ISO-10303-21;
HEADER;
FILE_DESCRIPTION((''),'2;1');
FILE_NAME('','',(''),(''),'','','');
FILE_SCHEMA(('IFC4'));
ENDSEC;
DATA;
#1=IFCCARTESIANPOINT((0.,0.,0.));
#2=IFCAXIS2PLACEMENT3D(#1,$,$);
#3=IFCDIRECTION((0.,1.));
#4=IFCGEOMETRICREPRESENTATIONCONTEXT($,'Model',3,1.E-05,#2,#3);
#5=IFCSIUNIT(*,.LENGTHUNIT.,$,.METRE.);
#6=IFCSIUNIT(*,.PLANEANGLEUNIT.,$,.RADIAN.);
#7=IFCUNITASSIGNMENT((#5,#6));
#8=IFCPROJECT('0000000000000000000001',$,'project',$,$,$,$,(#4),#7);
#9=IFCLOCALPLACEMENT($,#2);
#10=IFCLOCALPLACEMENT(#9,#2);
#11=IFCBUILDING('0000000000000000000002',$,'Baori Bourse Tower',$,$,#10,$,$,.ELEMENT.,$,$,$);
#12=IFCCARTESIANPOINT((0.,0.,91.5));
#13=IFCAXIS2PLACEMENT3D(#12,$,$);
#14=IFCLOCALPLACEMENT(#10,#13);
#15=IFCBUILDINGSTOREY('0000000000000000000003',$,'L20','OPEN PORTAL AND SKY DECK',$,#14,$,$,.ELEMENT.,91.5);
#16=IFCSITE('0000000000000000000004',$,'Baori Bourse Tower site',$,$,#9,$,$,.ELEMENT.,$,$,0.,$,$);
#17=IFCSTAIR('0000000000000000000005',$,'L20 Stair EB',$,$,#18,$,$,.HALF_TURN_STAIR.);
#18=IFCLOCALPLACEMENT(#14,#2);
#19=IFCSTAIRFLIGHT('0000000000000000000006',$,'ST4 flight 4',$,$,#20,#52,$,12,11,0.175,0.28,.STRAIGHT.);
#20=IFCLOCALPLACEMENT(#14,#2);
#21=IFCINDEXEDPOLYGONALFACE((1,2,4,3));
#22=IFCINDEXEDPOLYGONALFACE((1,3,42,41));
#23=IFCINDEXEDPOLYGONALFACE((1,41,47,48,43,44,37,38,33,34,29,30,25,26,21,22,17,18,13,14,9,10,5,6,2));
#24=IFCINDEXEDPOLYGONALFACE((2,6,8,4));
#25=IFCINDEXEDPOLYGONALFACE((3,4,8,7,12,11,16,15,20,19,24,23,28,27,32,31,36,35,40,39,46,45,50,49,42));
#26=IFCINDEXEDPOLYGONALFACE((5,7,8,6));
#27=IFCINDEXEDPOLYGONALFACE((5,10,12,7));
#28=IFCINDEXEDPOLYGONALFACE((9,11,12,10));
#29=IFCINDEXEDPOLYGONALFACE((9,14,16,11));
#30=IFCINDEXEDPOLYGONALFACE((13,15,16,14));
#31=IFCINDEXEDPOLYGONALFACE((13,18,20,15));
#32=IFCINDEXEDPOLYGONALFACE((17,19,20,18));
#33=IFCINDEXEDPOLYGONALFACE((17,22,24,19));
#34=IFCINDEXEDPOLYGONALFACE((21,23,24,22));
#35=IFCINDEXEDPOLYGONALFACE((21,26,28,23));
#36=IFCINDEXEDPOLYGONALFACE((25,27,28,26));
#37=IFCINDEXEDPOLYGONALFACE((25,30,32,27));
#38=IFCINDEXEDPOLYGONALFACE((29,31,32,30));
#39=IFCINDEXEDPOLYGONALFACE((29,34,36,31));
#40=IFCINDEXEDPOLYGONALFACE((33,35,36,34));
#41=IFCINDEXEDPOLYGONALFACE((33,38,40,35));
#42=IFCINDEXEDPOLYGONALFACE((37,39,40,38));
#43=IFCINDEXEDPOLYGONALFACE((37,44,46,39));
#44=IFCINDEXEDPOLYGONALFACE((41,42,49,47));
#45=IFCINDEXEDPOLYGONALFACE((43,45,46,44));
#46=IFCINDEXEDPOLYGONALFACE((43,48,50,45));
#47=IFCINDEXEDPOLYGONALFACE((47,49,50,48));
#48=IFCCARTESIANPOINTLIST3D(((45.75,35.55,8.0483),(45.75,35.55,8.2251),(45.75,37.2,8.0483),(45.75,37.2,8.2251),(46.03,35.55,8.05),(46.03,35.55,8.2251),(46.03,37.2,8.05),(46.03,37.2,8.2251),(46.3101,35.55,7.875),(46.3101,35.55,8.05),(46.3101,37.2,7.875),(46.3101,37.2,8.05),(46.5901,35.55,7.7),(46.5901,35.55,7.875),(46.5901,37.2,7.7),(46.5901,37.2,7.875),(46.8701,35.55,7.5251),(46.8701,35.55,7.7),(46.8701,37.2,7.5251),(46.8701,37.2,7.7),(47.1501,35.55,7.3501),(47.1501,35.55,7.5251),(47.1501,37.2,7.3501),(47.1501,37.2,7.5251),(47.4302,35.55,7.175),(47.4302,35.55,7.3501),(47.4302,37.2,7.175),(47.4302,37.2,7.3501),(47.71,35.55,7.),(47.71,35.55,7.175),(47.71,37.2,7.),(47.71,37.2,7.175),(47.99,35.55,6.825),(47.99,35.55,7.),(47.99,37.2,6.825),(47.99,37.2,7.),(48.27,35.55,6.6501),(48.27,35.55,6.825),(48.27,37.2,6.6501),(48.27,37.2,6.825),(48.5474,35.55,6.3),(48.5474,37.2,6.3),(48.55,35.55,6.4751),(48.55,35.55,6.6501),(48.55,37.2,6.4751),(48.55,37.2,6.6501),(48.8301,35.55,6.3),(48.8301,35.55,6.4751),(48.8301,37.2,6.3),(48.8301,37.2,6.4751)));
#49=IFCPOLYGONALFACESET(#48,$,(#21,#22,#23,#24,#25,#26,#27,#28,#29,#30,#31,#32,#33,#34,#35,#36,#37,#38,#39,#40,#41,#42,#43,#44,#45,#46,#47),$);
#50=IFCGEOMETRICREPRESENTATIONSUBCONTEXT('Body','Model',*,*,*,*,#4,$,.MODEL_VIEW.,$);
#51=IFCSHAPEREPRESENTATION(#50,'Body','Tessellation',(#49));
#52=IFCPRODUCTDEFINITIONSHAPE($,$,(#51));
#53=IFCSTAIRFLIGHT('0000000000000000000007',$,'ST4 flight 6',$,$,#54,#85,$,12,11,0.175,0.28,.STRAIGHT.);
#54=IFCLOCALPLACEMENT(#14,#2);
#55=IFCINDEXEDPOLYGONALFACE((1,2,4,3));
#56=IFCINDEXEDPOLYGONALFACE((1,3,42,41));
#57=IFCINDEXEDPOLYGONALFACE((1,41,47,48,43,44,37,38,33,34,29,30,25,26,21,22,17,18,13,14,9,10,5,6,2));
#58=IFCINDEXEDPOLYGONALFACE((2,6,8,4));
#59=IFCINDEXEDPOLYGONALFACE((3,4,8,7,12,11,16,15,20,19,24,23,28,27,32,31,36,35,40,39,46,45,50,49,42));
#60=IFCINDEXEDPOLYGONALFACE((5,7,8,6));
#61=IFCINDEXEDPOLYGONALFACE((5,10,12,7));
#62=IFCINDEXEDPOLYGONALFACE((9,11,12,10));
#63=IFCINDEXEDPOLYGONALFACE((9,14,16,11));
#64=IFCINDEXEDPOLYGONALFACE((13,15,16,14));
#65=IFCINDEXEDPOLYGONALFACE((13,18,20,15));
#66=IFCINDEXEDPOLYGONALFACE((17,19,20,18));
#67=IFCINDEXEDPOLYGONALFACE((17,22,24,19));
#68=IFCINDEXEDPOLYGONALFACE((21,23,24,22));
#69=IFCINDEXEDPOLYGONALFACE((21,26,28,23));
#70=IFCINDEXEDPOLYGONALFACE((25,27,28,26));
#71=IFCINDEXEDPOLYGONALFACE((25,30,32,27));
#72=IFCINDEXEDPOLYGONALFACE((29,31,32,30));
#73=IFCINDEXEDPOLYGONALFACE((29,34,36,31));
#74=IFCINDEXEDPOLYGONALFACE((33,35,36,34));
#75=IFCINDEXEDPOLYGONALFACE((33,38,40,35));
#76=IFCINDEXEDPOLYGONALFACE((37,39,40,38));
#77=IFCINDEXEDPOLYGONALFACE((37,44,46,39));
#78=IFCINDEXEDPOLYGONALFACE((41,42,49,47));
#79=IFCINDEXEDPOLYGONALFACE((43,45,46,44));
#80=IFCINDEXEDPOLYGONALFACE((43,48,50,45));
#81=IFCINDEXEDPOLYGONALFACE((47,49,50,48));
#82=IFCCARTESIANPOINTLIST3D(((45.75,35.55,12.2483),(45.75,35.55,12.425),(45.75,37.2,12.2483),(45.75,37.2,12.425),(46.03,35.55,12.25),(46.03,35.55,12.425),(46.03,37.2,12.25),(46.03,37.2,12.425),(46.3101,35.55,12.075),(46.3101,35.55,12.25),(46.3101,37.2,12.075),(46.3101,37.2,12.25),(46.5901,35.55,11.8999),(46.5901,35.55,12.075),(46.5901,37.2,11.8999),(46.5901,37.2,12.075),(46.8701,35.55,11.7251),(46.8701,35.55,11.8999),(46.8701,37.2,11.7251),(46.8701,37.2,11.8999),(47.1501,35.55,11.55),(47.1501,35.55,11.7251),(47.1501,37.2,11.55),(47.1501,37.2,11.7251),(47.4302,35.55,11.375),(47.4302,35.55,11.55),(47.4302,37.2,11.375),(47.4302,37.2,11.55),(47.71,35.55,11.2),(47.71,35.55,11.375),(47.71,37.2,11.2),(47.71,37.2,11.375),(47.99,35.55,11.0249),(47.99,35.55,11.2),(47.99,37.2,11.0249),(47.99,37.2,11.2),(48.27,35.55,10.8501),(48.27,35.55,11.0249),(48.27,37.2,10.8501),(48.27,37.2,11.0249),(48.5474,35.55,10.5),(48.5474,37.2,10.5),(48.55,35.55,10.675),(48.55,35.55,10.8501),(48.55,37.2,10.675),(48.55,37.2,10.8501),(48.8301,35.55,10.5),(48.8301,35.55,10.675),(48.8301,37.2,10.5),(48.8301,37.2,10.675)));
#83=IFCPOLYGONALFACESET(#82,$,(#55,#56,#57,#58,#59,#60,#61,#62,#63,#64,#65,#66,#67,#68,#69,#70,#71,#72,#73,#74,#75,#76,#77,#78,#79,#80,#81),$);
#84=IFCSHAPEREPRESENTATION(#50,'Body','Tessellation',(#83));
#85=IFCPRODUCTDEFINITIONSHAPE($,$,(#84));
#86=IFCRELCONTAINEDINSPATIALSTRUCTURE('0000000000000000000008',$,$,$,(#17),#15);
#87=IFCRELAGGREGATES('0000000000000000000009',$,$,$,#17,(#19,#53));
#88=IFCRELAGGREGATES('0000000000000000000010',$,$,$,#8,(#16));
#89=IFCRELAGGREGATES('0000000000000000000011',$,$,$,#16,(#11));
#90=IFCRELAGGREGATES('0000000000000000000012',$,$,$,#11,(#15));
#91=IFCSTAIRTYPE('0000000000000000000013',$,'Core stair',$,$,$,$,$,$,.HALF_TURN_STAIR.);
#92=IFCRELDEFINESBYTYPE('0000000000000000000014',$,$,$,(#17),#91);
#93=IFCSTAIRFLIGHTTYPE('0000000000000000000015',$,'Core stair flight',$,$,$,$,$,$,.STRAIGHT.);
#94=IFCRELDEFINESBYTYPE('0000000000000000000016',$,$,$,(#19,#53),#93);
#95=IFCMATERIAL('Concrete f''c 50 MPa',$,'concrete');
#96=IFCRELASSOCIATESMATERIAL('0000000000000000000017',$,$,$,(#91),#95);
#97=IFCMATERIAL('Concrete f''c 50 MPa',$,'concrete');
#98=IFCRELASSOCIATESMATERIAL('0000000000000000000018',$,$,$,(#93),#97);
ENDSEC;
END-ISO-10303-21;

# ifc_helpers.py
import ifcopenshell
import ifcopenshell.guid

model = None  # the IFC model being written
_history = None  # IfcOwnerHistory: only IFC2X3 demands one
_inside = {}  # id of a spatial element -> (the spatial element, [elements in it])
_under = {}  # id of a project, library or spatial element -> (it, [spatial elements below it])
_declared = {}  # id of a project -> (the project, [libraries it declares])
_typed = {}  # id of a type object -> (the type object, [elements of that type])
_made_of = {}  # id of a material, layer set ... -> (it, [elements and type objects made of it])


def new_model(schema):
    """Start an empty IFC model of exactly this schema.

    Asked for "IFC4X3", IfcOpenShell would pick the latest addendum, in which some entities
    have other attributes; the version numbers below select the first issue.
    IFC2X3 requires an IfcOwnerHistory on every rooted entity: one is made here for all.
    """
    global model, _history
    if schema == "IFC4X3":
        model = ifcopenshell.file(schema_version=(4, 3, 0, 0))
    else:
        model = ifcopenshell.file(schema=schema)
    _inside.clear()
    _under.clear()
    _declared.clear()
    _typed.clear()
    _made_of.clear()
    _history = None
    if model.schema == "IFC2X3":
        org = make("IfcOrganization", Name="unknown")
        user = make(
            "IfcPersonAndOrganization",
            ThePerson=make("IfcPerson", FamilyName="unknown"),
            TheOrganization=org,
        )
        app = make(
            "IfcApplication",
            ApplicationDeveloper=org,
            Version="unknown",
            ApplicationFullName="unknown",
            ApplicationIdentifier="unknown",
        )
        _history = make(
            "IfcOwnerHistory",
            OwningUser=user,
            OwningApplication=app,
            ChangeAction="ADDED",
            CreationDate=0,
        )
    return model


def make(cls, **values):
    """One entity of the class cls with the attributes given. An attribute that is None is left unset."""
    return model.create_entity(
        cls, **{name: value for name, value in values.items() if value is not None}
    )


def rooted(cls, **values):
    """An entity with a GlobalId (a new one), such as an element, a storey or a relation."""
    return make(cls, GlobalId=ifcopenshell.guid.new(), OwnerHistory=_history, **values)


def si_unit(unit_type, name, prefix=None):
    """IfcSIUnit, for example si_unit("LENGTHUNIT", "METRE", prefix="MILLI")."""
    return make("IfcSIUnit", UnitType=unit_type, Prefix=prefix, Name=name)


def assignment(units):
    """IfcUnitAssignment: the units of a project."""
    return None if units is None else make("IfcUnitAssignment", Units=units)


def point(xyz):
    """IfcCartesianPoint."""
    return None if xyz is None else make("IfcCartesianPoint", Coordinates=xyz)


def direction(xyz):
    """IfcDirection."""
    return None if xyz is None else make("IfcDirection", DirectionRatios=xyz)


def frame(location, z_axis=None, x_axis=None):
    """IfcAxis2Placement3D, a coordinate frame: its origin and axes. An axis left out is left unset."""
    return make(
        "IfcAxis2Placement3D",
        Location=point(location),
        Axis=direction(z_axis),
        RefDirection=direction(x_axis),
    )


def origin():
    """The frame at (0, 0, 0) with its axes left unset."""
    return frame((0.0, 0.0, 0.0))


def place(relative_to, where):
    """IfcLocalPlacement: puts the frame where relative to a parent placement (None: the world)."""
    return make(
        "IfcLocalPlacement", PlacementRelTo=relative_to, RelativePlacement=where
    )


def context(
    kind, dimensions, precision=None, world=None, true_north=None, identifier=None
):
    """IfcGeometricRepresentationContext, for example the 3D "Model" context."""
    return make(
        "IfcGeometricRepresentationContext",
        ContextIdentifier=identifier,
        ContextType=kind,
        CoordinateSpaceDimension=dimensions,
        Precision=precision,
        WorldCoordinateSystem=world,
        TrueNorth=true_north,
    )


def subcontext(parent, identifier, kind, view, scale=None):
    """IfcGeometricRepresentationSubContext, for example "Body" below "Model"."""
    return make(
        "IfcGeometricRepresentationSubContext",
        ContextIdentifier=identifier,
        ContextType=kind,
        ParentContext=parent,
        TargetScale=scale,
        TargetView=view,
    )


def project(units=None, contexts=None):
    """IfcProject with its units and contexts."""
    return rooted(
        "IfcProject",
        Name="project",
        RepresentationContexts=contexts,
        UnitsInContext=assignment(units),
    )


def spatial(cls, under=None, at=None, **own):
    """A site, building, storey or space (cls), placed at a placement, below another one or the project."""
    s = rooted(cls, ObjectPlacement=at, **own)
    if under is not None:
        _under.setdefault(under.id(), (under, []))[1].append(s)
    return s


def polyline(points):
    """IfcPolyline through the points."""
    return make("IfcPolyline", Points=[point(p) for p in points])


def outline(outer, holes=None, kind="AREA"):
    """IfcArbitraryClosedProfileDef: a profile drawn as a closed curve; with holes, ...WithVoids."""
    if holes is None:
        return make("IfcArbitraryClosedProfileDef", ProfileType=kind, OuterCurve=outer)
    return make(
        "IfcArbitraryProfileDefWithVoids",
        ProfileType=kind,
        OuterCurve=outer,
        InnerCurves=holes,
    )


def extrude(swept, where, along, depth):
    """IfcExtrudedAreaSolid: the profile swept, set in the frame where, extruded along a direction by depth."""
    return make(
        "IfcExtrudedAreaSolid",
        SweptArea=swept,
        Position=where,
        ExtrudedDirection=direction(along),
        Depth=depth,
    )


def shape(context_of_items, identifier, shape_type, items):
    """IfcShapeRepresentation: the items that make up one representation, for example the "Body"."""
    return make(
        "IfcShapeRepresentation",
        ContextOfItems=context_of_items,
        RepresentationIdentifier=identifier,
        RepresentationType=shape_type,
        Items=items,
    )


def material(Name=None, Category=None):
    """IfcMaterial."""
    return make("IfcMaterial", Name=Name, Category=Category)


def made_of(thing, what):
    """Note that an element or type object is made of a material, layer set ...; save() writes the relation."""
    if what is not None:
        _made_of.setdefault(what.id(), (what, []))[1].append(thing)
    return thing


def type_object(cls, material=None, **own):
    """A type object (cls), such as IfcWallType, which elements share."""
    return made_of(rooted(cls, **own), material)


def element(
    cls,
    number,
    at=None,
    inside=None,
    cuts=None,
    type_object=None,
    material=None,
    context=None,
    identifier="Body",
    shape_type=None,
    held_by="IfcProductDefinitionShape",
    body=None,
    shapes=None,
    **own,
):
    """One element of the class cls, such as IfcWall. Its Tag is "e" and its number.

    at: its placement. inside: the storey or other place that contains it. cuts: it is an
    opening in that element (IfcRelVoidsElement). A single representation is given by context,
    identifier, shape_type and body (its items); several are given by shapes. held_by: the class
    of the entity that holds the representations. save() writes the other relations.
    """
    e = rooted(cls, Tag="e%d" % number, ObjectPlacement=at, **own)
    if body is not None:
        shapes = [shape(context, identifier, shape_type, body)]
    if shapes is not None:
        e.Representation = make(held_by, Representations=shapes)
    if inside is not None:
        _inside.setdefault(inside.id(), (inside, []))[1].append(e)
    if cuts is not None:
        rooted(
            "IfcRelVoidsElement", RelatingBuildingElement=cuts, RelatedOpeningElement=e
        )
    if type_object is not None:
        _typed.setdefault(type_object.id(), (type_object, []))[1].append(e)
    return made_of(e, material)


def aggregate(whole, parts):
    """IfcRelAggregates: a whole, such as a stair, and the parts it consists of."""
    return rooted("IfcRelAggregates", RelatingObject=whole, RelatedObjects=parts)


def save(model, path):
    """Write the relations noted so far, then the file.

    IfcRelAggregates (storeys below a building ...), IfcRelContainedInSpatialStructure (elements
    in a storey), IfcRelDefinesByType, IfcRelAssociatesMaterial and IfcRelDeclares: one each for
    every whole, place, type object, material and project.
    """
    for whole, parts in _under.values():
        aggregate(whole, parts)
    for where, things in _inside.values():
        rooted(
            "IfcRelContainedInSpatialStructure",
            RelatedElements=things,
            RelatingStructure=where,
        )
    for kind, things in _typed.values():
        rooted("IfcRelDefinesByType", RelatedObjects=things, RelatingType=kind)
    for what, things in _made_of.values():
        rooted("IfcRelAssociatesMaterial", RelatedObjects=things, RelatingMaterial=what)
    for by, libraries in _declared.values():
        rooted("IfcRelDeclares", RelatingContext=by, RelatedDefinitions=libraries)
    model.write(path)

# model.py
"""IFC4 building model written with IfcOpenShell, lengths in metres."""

from ifc_helpers import new_model, si_unit, direction, frame, origin, place, context, subcontext, project, spatial, polyline, outline, extrude, material, type_object, element, aggregate, save


model = new_model("IFC4")

# Units and contexts
model_context = context("Model", 3, precision=1e-05, world=origin(), true_north=direction((0.0, 1.0)))
body_context = subcontext(model_context, "Body", "Model", "MODEL_VIEW")
ifc_project = project(units=[si_unit("LENGTHUNIT", "METRE"), si_unit("PLANEANGLEUNIT", "RADIAN")], contexts=[model_context])

# Site, building, storey
site_placement = place(None, origin())
site = spatial("IfcSite", under=ifc_project, at=site_placement, Name="Baori Bourse Tower site", CompositionType="ELEMENT", RefElevation=0.0)
building_placement = place(site_placement, origin())
building = spatial("IfcBuilding", under=site, at=building_placement, Name="Baori Bourse Tower", CompositionType="ELEMENT")
storey_placement = place(building_placement, frame((0.0, 0.0, 91.5)))
storey = spatial("IfcBuildingStorey", under=building, at=storey_placement, Name="L20", Description="OPEN PORTAL AND SKY DECK", CompositionType="ELEMENT", Elevation=91.5)

# Stair, stair flights
ifc_material_1 = material(Name="Concrete f'c 50 MPa", Category="concrete")
stair_type = type_object("IfcStairType", Name="Core stair", PredefinedType="HALF_TURN_STAIR", material=ifc_material_1)
stair_placement = place(storey_placement, origin())
stair = element("IfcStair", 1, at=stair_placement, inside=storey, type_object=stair_type, Name="L20 Stair EB", PredefinedType="HALF_TURN_STAIR")
ifc_material_2 = material(Name="Concrete f'c 50 MPa", Category="concrete")
stair_flight_type = type_object("IfcStairFlightType", Name="Core stair flight", PredefinedType="STRAIGHT", material=ifc_material_2)
stair_flight_1_placement = place(storey_placement, frame((48.8301, 36.375, 6.3), z_axis=(0.0, 0.0, 1.0), x_axis=(-1.0, 0.0, 0.0)))
stair_flight_1 = element("IfcStairFlight", 2, at=stair_flight_1_placement, type_object=stair_flight_type, Name="ST4 flight 4", NumberOfRisers=12, NumberOfTreads=11, PredefinedType="STRAIGHT", RiserHeight=0.175, TreadLength=0.28, context=body_context, shape_type="SweptSolid", body=[
    extrude(outline(polyline([(0.0, 0.0), (0.0, 0.175), (0.28, 0.175), (0.28, 0.3501), (0.5601, 0.3501), (0.5601, 0.5249), (0.8401, 0.5249), (0.8401, 0.7), (1.1201, 0.7), (1.1201, 0.875), (1.3999, 0.875), (1.3999, 1.05), (1.6799, 1.05), (1.6799, 1.2251), (1.96, 1.2251), (1.96, 1.3999), (2.24, 1.3999), (2.24, 1.575), (2.52, 1.575), (2.52, 1.75), (2.8, 1.75), (2.8, 1.925), (3.0801, 1.925), (3.0801, 2.1001), (3.0801, 1.7483), (0.2827, 0.0), (0.0, 0.0)])), frame((0.0, 0.825, 0.0), z_axis=(0.0, -1.0, 0.0), x_axis=(1.0, 0.0, 0.0)), (0.0, 0.0, 1.0), 1.6499),
])
stair_flight_2_placement = place(storey_placement, frame((48.8301, 36.375, 10.5), z_axis=(0.0, 0.0, 1.0), x_axis=(-1.0, 0.0, 0.0)))
stair_flight_2 = element("IfcStairFlight", 3, at=stair_flight_2_placement, type_object=stair_flight_type, Name="ST4 flight 6", NumberOfRisers=12, NumberOfTreads=11, PredefinedType="STRAIGHT", RiserHeight=0.175, TreadLength=0.28, context=body_context, shape_type="SweptSolid", body=[
    extrude(outline(polyline([(0.0, 0.0), (0.0, 0.175), (0.28, 0.175), (0.28, 0.3501), (0.5601, 0.3501), (0.5601, 0.5249), (0.8401, 0.5249), (0.8401, 0.7), (1.1201, 0.7), (1.1201, 0.875), (1.3999, 0.875), (1.3999, 1.05), (1.6799, 1.05), (1.6799, 1.2251), (1.96, 1.2251), (1.96, 1.3999), (2.24, 1.3999), (2.24, 1.575), (2.52, 1.575), (2.52, 1.75), (2.8, 1.75), (2.8, 1.925), (3.0801, 1.925), (3.0801, 2.1001), (3.0801, 1.7483), (0.2827, 0.0), (0.0, 0.0)])), frame((0.0, 0.825, 0.0), z_axis=(0.0, -1.0, 0.0), x_axis=(1.0, 0.0, 0.0)), (0.0, 0.0, 1.0), 1.6499),
])
aggregate(stair, [stair_flight_1, stair_flight_2])

save(model, "model.ifc")
